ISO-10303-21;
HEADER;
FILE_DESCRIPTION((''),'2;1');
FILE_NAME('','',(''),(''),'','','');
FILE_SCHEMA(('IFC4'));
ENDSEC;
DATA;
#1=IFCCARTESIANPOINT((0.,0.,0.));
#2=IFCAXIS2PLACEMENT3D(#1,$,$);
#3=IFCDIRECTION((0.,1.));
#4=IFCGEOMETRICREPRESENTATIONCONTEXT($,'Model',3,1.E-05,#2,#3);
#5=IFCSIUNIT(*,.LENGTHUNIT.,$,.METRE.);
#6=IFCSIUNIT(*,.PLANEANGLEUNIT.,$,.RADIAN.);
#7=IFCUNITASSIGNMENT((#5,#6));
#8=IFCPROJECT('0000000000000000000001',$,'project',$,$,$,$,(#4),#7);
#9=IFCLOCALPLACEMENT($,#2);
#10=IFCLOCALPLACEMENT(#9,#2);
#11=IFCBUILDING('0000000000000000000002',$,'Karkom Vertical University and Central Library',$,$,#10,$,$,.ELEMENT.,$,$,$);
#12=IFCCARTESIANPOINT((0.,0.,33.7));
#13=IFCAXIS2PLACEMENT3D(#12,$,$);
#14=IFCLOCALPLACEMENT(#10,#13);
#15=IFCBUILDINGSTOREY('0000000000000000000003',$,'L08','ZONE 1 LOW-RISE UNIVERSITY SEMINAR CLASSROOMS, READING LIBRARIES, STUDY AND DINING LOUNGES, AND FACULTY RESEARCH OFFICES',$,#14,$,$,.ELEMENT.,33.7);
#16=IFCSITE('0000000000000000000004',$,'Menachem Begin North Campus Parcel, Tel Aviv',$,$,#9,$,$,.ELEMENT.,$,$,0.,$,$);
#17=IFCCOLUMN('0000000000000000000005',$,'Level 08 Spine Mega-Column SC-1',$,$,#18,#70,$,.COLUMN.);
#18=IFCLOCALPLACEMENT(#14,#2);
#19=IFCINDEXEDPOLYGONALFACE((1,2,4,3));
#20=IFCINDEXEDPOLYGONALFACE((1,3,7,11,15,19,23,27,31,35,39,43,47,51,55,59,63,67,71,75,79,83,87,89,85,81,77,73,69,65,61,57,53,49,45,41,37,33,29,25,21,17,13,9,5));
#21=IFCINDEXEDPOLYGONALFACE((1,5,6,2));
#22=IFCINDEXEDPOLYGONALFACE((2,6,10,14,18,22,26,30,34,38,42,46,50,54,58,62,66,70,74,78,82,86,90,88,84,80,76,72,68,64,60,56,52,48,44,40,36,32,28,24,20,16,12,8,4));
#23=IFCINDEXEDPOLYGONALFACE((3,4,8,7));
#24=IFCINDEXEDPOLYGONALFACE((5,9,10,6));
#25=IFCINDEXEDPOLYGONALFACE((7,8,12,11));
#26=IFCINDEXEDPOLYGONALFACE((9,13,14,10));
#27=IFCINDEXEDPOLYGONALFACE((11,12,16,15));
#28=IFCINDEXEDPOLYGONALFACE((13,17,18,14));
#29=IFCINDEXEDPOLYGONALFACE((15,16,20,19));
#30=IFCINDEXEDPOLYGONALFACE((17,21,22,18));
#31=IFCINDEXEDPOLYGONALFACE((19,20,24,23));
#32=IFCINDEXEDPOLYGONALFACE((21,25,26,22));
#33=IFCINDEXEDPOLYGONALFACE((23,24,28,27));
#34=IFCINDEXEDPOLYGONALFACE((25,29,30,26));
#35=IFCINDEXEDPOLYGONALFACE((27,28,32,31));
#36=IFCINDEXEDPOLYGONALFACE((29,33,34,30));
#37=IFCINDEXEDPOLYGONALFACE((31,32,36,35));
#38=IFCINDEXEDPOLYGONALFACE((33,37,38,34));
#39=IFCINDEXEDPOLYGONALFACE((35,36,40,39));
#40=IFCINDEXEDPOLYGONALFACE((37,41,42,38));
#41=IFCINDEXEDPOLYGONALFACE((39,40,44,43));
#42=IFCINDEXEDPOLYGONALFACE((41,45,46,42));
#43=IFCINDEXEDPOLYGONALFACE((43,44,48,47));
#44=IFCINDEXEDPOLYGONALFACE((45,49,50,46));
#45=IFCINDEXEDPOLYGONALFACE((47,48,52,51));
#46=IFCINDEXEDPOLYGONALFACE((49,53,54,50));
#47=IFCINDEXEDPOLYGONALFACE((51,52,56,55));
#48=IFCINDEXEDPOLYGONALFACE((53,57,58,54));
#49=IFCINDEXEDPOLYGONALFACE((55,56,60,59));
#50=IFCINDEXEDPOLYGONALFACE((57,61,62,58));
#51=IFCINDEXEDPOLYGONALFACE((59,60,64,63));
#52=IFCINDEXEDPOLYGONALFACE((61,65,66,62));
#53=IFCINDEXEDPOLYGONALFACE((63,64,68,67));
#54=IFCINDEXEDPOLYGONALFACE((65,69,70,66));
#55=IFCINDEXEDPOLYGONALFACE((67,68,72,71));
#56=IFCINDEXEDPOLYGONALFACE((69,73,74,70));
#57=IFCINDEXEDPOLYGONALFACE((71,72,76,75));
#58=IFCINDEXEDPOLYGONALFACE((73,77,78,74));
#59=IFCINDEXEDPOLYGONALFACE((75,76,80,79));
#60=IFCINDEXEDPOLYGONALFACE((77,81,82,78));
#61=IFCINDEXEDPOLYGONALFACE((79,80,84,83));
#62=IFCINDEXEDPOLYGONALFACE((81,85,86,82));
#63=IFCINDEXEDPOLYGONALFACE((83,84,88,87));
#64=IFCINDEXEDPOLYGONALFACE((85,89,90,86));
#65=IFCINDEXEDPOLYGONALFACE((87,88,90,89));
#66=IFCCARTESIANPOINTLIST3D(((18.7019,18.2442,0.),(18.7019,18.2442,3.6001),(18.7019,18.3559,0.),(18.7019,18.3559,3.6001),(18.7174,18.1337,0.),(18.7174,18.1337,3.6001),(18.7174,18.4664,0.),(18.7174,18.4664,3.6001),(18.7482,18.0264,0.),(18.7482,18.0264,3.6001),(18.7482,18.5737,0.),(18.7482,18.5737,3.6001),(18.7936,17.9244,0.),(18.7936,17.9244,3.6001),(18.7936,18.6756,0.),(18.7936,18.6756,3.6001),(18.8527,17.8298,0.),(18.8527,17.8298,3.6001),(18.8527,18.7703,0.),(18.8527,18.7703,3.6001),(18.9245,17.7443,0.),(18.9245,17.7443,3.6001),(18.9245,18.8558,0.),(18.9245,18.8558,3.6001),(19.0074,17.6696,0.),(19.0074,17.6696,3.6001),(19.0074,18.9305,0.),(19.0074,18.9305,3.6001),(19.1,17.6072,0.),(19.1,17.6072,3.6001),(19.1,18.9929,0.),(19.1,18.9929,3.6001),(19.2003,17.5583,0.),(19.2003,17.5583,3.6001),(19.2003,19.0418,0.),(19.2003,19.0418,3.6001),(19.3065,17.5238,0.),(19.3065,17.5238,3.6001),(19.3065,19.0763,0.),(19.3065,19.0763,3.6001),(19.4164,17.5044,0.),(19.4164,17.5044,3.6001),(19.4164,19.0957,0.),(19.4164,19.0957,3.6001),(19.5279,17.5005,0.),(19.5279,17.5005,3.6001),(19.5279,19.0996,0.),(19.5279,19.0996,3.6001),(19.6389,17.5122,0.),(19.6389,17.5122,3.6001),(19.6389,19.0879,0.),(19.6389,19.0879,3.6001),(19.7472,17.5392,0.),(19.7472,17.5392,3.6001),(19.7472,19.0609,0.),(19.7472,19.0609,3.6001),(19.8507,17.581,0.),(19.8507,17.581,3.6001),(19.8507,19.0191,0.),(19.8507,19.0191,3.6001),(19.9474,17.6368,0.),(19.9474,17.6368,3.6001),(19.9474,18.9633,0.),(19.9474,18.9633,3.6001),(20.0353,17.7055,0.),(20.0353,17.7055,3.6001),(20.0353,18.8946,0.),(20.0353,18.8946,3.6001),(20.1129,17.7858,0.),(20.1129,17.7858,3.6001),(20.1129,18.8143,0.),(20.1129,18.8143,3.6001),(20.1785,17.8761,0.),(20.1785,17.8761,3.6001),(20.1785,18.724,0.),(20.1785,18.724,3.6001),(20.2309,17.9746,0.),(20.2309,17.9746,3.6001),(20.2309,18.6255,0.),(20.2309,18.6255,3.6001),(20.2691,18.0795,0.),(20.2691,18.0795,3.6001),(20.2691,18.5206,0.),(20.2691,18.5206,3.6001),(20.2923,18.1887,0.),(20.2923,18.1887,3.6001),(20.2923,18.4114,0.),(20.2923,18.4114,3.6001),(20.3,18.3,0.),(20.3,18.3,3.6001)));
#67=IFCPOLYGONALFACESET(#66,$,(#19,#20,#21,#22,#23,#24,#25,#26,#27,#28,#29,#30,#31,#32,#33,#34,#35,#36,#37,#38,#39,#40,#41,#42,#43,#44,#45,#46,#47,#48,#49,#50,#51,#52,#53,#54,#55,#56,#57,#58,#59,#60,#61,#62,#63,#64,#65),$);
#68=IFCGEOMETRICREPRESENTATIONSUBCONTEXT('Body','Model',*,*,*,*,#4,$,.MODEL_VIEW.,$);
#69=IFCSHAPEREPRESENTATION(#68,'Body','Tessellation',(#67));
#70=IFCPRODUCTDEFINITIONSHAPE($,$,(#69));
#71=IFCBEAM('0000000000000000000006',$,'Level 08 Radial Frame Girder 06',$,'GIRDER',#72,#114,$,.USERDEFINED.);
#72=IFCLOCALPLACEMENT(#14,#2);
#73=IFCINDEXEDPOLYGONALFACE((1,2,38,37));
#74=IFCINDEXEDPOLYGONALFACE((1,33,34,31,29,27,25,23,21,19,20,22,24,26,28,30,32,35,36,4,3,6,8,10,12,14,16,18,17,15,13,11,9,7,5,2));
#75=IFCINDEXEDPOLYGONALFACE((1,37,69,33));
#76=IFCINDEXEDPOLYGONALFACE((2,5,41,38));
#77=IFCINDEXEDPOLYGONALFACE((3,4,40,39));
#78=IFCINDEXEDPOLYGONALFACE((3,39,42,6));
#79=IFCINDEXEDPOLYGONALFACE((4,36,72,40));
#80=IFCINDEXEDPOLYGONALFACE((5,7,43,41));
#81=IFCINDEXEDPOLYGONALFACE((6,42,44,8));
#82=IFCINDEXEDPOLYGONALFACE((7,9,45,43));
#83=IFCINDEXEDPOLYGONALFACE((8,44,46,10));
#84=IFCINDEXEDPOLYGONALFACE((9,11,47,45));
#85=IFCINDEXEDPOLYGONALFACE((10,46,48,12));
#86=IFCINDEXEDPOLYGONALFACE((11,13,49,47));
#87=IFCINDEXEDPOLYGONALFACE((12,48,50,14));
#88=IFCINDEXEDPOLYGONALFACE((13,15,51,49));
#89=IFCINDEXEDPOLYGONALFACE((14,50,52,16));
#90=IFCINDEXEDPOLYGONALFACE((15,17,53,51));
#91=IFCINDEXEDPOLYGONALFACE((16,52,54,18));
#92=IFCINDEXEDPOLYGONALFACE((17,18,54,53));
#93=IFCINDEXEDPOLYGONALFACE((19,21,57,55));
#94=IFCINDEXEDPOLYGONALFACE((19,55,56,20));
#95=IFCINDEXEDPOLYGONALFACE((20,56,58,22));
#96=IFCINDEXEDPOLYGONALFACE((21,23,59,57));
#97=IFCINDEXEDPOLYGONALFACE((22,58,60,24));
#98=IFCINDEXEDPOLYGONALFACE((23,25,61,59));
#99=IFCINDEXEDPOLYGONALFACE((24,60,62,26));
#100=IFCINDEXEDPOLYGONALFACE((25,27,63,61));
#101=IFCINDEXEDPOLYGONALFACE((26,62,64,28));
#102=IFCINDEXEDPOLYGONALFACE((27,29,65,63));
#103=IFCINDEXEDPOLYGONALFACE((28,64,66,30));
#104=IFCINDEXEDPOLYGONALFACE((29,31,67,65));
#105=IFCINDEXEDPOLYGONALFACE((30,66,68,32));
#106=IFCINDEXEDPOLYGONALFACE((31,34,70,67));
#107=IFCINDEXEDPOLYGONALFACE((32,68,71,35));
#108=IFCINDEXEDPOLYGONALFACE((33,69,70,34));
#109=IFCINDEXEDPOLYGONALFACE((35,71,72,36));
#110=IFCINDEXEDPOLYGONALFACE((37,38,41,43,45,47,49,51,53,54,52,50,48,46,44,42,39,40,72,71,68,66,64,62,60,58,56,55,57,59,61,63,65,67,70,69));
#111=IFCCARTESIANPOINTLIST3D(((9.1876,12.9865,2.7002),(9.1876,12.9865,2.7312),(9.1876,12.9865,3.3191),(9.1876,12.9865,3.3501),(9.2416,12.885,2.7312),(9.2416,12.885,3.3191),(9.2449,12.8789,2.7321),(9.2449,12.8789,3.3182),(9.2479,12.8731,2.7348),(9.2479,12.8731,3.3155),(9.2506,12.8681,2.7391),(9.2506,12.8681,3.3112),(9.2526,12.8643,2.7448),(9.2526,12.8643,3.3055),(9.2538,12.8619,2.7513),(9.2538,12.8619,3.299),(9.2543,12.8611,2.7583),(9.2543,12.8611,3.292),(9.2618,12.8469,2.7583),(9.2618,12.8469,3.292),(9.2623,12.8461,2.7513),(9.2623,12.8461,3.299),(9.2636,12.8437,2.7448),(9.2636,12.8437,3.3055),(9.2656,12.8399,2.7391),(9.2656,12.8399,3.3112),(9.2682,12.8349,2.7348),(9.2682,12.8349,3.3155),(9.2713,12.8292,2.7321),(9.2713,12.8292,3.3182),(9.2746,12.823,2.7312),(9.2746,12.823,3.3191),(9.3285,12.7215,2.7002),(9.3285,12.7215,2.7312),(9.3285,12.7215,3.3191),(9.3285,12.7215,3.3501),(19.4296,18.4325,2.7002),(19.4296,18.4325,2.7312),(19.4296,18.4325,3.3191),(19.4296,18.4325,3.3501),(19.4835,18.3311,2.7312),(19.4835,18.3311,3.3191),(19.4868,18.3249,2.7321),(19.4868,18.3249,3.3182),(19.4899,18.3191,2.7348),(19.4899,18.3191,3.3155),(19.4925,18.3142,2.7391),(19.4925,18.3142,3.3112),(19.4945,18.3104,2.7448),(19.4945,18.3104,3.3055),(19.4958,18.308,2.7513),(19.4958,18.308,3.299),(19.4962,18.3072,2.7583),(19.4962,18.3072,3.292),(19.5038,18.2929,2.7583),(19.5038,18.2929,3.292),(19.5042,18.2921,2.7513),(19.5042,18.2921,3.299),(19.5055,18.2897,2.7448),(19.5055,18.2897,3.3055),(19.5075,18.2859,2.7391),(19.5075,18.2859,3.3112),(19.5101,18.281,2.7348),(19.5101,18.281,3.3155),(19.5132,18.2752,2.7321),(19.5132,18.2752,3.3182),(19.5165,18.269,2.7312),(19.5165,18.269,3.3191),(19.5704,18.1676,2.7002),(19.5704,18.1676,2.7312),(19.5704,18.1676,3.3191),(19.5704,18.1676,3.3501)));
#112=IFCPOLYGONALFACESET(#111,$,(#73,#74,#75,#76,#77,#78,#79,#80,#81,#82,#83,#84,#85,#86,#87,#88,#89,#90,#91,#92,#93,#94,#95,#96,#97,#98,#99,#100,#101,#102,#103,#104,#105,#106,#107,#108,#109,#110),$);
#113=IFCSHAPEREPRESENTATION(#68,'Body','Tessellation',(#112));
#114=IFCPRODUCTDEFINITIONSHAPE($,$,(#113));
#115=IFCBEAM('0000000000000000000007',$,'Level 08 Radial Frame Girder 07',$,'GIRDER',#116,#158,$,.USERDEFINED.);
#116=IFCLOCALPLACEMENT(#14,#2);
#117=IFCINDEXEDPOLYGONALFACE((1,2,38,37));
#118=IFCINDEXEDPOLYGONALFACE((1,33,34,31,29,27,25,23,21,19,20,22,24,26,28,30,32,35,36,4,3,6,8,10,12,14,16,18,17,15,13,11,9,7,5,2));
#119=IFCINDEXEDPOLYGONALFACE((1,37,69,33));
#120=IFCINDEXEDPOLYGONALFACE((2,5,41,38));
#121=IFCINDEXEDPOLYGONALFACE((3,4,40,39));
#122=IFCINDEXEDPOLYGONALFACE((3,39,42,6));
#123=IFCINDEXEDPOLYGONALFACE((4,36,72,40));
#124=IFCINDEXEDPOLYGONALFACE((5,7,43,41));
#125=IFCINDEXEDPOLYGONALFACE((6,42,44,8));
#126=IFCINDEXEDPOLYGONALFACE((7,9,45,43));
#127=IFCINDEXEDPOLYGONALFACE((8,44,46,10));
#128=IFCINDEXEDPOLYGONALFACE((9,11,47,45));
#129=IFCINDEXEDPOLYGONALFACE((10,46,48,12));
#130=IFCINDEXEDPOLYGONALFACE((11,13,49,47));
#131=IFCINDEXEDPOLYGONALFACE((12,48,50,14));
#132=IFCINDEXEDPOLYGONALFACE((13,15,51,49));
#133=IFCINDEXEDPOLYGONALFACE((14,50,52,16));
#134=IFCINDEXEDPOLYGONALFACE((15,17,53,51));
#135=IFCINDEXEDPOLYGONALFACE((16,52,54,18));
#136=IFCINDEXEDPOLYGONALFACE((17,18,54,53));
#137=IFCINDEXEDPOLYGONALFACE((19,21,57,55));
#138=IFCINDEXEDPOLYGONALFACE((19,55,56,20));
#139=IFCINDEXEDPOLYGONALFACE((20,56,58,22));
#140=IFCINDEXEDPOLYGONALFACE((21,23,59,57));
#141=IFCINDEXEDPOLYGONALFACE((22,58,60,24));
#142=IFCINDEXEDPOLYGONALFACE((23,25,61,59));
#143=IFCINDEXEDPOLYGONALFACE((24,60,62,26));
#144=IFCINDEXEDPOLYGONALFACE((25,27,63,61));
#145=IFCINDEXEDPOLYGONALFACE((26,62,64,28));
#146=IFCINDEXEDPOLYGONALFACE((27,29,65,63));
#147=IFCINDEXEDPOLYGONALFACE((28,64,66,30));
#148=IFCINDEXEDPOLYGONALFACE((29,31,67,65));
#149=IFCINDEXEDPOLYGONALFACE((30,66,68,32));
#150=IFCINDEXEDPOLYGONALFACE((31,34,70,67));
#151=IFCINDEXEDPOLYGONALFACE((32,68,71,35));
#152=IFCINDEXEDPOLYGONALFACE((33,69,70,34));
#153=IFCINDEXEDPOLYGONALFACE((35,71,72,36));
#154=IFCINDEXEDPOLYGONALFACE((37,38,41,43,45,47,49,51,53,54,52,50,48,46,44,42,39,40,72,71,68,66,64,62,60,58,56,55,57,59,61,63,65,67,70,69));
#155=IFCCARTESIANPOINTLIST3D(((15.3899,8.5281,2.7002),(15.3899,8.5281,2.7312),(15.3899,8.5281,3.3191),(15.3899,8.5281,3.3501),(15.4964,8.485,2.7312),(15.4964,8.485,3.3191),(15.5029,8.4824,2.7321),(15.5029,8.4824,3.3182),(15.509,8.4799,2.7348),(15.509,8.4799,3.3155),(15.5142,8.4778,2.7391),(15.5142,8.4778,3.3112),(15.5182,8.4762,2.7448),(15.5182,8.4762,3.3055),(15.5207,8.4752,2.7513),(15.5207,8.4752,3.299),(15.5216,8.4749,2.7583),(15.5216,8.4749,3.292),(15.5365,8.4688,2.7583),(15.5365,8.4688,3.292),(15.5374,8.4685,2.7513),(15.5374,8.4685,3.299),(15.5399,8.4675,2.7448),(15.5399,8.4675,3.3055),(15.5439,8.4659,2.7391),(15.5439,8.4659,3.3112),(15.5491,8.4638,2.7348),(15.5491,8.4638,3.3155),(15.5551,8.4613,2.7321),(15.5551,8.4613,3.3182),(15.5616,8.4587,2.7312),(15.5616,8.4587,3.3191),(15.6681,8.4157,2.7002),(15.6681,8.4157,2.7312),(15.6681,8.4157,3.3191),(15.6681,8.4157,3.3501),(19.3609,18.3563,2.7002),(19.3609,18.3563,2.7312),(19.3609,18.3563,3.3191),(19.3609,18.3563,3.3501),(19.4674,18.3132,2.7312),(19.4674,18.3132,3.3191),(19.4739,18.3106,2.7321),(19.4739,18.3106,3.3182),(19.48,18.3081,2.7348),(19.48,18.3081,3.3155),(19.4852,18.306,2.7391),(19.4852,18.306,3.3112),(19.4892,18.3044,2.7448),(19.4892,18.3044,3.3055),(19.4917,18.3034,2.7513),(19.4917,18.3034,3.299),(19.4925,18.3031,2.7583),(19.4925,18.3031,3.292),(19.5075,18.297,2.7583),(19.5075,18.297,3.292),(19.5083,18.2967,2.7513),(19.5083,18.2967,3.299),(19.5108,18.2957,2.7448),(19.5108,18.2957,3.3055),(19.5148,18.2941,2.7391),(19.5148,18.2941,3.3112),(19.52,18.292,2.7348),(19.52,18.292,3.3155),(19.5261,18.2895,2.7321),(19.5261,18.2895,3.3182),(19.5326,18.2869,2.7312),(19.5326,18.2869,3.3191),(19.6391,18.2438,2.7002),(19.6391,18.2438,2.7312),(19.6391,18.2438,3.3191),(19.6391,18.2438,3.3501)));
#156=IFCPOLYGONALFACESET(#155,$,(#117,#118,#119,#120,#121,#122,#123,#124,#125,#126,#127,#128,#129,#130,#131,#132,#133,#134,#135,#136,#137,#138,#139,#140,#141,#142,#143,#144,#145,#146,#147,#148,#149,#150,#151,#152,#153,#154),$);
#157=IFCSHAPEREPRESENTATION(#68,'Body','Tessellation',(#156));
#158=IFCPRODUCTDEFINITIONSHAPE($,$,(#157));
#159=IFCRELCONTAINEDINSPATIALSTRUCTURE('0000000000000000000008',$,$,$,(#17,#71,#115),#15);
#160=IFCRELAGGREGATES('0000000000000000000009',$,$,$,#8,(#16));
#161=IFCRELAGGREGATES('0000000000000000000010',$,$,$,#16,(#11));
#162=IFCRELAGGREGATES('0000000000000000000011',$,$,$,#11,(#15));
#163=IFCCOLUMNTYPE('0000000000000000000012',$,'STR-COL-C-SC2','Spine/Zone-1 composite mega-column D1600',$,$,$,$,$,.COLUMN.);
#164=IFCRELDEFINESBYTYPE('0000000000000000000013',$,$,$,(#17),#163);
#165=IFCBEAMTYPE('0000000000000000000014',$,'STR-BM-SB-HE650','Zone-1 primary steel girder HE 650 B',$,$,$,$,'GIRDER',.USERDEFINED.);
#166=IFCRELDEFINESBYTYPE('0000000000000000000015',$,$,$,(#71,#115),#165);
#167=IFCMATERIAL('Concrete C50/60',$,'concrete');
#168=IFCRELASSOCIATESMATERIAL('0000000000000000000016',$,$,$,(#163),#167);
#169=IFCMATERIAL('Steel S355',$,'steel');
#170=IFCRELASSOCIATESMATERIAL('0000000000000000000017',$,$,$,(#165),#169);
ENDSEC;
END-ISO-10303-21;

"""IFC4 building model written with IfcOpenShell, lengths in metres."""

from ifc_helpers import new_model, si_unit, direction, frame, origin, origin_with_axes, origin_2d, place, context, subcontext, project, spatial, circle, i_section, extrude, source, transform, mapped, material, material_profile, profile_set, type_object, element, save


model = new_model("IFC4")

# Units and contexts
model_context = context("Model", 3, precision=1e-05, world=origin(), true_north=direction((0.0, 1.0)))
body_context = subcontext(model_context, "Body", "Model", "MODEL_VIEW")
ifc_project = project(units=[si_unit("LENGTHUNIT", "METRE"), si_unit("PLANEANGLEUNIT", "RADIAN")], contexts=[model_context])

# Site, building, storey
site_placement = place(None, origin())
site = spatial("IfcSite", under=ifc_project, at=site_placement, Name="Menachem Begin North Campus Parcel, Tel Aviv", CompositionType="ELEMENT", RefElevation=0.0)
building_placement = place(site_placement, origin())
building = spatial("IfcBuilding", under=site, at=building_placement, Name="Karkom Vertical University and Central Library", CompositionType="ELEMENT")
storey_placement = place(building_placement, frame((0.0, 0.0, 33.7)))
storey = spatial("IfcBuildingStorey", under=building, at=storey_placement, Name="L08", Description="ZONE 1 LOW-RISE UNIVERSITY SEMINAR CLASSROOMS, READING LIBRARIES, STUDY AND DINING LOUNGES, AND FACULTY RESEARCH OFFICES", CompositionType="ELEMENT", Elevation=33.7)

# Column
ifc_material_1 = material(Name="Concrete C50/60", Category="concrete")
ifc_material_profile_1 = material_profile(ifc_material_1, circle(Radius=0.8, at=origin_2d()), Name="CFT-D1600")
ifc_profile_set_1 = profile_set([ifc_material_profile_1], Name="Concrete C50/60")
column_type = type_object("IfcColumnType", Name="STR-COL-C-SC2", Description="Spine/Zone-1 composite mega-column D1600", PredefinedType="COLUMN", material=ifc_profile_set_1)
shared_shape_1 = source(origin_with_axes(), body_context, "Body", "SweptSolid", [
    extrude(circle(Radius=0.8, at=origin_2d()), origin(), (0.0, 0.0, 1.0), 3.6001),
])
column_placement = place(storey_placement, frame((19.5, 18.3, 0.0), z_axis=(0.0, 0.0, 1.0), x_axis=(1.0, 0.0, 0.0)))
element("IfcColumn", 1, at=column_placement, inside=storey, type_object=column_type, Name="Level 08 Spine Mega-Column SC-1", PredefinedType="COLUMN", context=body_context, shape_type="MappedRepresentation", body=[
    mapped(shared_shape_1, transform((0.0, 0.0, 0.0), scale=1.0)),
])

# Beams
ifc_material_2 = material(Name="Steel S355", Category="steel")
ifc_material_profile_2 = material_profile(ifc_material_2, i_section(OverallWidth=0.3, OverallDepth=0.6499, WebThickness=0.0161, FlangeThickness=0.031, FilletRadius=0.0271, at=origin_2d()), Name="HE 650 B")
ifc_profile_set_2 = profile_set([ifc_material_profile_2], Name="Steel S355")
beam_type_1 = type_object("IfcBeamType", Name="STR-BM-SB-HE650", Description="Zone-1 primary steel girder HE 650 B", ElementType="GIRDER", PredefinedType="USERDEFINED", material=ifc_profile_set_2)
shared_shape_2 = source(origin_with_axes(), body_context, "Body", "SweptSolid", [
    extrude(i_section(OverallWidth=0.3, OverallDepth=0.6499, WebThickness=0.0161, FlangeThickness=0.031, FilletRadius=0.0271, at=origin_2d()), origin(), (0.0, 0.0, 1.0), 11.5999),
])
beam_1_placement = place(storey_placement, frame((19.5, 18.3, 3.0251), z_axis=(-0.882937, -0.469492, 0.0), x_axis=(0.469492, -0.882937, 0.0)))
element("IfcBeam", 2, at=beam_1_placement, inside=storey, type_object=beam_type_1, Name="Level 08 Radial Frame Girder 06", ObjectType="GIRDER", PredefinedType="USERDEFINED", context=body_context, shape_type="MappedRepresentation", body=[
    mapped(shared_shape_2, transform((0.0, 0.0, 0.0), scale=1.0)),
])
shared_shape_3 = source(origin_with_axes(), body_context, "Body", "SweptSolid", [
    extrude(i_section(OverallWidth=0.3, OverallDepth=0.6499, WebThickness=0.0161, FlangeThickness=0.031, FilletRadius=0.0271, at=origin_2d()), origin(), (0.0, 0.0, 1.0), 10.6001),
])
beam_2_placement = place(storey_placement, frame((19.5, 18.3, 3.0251), z_axis=(-0.374617, -0.92718, 0.0), x_axis=(0.92718, -0.374617, 0.0)))
element("IfcBeam", 3, at=beam_2_placement, inside=storey, type_object=beam_type_1, Name="Level 08 Radial Frame Girder 07", ObjectType="GIRDER", PredefinedType="USERDEFINED", context=body_context, shape_type="MappedRepresentation", body=[
    mapped(shared_shape_3, transform((0.0, 0.0, 0.0), scale=1.0)),
])

save(model, "model.ifc")
